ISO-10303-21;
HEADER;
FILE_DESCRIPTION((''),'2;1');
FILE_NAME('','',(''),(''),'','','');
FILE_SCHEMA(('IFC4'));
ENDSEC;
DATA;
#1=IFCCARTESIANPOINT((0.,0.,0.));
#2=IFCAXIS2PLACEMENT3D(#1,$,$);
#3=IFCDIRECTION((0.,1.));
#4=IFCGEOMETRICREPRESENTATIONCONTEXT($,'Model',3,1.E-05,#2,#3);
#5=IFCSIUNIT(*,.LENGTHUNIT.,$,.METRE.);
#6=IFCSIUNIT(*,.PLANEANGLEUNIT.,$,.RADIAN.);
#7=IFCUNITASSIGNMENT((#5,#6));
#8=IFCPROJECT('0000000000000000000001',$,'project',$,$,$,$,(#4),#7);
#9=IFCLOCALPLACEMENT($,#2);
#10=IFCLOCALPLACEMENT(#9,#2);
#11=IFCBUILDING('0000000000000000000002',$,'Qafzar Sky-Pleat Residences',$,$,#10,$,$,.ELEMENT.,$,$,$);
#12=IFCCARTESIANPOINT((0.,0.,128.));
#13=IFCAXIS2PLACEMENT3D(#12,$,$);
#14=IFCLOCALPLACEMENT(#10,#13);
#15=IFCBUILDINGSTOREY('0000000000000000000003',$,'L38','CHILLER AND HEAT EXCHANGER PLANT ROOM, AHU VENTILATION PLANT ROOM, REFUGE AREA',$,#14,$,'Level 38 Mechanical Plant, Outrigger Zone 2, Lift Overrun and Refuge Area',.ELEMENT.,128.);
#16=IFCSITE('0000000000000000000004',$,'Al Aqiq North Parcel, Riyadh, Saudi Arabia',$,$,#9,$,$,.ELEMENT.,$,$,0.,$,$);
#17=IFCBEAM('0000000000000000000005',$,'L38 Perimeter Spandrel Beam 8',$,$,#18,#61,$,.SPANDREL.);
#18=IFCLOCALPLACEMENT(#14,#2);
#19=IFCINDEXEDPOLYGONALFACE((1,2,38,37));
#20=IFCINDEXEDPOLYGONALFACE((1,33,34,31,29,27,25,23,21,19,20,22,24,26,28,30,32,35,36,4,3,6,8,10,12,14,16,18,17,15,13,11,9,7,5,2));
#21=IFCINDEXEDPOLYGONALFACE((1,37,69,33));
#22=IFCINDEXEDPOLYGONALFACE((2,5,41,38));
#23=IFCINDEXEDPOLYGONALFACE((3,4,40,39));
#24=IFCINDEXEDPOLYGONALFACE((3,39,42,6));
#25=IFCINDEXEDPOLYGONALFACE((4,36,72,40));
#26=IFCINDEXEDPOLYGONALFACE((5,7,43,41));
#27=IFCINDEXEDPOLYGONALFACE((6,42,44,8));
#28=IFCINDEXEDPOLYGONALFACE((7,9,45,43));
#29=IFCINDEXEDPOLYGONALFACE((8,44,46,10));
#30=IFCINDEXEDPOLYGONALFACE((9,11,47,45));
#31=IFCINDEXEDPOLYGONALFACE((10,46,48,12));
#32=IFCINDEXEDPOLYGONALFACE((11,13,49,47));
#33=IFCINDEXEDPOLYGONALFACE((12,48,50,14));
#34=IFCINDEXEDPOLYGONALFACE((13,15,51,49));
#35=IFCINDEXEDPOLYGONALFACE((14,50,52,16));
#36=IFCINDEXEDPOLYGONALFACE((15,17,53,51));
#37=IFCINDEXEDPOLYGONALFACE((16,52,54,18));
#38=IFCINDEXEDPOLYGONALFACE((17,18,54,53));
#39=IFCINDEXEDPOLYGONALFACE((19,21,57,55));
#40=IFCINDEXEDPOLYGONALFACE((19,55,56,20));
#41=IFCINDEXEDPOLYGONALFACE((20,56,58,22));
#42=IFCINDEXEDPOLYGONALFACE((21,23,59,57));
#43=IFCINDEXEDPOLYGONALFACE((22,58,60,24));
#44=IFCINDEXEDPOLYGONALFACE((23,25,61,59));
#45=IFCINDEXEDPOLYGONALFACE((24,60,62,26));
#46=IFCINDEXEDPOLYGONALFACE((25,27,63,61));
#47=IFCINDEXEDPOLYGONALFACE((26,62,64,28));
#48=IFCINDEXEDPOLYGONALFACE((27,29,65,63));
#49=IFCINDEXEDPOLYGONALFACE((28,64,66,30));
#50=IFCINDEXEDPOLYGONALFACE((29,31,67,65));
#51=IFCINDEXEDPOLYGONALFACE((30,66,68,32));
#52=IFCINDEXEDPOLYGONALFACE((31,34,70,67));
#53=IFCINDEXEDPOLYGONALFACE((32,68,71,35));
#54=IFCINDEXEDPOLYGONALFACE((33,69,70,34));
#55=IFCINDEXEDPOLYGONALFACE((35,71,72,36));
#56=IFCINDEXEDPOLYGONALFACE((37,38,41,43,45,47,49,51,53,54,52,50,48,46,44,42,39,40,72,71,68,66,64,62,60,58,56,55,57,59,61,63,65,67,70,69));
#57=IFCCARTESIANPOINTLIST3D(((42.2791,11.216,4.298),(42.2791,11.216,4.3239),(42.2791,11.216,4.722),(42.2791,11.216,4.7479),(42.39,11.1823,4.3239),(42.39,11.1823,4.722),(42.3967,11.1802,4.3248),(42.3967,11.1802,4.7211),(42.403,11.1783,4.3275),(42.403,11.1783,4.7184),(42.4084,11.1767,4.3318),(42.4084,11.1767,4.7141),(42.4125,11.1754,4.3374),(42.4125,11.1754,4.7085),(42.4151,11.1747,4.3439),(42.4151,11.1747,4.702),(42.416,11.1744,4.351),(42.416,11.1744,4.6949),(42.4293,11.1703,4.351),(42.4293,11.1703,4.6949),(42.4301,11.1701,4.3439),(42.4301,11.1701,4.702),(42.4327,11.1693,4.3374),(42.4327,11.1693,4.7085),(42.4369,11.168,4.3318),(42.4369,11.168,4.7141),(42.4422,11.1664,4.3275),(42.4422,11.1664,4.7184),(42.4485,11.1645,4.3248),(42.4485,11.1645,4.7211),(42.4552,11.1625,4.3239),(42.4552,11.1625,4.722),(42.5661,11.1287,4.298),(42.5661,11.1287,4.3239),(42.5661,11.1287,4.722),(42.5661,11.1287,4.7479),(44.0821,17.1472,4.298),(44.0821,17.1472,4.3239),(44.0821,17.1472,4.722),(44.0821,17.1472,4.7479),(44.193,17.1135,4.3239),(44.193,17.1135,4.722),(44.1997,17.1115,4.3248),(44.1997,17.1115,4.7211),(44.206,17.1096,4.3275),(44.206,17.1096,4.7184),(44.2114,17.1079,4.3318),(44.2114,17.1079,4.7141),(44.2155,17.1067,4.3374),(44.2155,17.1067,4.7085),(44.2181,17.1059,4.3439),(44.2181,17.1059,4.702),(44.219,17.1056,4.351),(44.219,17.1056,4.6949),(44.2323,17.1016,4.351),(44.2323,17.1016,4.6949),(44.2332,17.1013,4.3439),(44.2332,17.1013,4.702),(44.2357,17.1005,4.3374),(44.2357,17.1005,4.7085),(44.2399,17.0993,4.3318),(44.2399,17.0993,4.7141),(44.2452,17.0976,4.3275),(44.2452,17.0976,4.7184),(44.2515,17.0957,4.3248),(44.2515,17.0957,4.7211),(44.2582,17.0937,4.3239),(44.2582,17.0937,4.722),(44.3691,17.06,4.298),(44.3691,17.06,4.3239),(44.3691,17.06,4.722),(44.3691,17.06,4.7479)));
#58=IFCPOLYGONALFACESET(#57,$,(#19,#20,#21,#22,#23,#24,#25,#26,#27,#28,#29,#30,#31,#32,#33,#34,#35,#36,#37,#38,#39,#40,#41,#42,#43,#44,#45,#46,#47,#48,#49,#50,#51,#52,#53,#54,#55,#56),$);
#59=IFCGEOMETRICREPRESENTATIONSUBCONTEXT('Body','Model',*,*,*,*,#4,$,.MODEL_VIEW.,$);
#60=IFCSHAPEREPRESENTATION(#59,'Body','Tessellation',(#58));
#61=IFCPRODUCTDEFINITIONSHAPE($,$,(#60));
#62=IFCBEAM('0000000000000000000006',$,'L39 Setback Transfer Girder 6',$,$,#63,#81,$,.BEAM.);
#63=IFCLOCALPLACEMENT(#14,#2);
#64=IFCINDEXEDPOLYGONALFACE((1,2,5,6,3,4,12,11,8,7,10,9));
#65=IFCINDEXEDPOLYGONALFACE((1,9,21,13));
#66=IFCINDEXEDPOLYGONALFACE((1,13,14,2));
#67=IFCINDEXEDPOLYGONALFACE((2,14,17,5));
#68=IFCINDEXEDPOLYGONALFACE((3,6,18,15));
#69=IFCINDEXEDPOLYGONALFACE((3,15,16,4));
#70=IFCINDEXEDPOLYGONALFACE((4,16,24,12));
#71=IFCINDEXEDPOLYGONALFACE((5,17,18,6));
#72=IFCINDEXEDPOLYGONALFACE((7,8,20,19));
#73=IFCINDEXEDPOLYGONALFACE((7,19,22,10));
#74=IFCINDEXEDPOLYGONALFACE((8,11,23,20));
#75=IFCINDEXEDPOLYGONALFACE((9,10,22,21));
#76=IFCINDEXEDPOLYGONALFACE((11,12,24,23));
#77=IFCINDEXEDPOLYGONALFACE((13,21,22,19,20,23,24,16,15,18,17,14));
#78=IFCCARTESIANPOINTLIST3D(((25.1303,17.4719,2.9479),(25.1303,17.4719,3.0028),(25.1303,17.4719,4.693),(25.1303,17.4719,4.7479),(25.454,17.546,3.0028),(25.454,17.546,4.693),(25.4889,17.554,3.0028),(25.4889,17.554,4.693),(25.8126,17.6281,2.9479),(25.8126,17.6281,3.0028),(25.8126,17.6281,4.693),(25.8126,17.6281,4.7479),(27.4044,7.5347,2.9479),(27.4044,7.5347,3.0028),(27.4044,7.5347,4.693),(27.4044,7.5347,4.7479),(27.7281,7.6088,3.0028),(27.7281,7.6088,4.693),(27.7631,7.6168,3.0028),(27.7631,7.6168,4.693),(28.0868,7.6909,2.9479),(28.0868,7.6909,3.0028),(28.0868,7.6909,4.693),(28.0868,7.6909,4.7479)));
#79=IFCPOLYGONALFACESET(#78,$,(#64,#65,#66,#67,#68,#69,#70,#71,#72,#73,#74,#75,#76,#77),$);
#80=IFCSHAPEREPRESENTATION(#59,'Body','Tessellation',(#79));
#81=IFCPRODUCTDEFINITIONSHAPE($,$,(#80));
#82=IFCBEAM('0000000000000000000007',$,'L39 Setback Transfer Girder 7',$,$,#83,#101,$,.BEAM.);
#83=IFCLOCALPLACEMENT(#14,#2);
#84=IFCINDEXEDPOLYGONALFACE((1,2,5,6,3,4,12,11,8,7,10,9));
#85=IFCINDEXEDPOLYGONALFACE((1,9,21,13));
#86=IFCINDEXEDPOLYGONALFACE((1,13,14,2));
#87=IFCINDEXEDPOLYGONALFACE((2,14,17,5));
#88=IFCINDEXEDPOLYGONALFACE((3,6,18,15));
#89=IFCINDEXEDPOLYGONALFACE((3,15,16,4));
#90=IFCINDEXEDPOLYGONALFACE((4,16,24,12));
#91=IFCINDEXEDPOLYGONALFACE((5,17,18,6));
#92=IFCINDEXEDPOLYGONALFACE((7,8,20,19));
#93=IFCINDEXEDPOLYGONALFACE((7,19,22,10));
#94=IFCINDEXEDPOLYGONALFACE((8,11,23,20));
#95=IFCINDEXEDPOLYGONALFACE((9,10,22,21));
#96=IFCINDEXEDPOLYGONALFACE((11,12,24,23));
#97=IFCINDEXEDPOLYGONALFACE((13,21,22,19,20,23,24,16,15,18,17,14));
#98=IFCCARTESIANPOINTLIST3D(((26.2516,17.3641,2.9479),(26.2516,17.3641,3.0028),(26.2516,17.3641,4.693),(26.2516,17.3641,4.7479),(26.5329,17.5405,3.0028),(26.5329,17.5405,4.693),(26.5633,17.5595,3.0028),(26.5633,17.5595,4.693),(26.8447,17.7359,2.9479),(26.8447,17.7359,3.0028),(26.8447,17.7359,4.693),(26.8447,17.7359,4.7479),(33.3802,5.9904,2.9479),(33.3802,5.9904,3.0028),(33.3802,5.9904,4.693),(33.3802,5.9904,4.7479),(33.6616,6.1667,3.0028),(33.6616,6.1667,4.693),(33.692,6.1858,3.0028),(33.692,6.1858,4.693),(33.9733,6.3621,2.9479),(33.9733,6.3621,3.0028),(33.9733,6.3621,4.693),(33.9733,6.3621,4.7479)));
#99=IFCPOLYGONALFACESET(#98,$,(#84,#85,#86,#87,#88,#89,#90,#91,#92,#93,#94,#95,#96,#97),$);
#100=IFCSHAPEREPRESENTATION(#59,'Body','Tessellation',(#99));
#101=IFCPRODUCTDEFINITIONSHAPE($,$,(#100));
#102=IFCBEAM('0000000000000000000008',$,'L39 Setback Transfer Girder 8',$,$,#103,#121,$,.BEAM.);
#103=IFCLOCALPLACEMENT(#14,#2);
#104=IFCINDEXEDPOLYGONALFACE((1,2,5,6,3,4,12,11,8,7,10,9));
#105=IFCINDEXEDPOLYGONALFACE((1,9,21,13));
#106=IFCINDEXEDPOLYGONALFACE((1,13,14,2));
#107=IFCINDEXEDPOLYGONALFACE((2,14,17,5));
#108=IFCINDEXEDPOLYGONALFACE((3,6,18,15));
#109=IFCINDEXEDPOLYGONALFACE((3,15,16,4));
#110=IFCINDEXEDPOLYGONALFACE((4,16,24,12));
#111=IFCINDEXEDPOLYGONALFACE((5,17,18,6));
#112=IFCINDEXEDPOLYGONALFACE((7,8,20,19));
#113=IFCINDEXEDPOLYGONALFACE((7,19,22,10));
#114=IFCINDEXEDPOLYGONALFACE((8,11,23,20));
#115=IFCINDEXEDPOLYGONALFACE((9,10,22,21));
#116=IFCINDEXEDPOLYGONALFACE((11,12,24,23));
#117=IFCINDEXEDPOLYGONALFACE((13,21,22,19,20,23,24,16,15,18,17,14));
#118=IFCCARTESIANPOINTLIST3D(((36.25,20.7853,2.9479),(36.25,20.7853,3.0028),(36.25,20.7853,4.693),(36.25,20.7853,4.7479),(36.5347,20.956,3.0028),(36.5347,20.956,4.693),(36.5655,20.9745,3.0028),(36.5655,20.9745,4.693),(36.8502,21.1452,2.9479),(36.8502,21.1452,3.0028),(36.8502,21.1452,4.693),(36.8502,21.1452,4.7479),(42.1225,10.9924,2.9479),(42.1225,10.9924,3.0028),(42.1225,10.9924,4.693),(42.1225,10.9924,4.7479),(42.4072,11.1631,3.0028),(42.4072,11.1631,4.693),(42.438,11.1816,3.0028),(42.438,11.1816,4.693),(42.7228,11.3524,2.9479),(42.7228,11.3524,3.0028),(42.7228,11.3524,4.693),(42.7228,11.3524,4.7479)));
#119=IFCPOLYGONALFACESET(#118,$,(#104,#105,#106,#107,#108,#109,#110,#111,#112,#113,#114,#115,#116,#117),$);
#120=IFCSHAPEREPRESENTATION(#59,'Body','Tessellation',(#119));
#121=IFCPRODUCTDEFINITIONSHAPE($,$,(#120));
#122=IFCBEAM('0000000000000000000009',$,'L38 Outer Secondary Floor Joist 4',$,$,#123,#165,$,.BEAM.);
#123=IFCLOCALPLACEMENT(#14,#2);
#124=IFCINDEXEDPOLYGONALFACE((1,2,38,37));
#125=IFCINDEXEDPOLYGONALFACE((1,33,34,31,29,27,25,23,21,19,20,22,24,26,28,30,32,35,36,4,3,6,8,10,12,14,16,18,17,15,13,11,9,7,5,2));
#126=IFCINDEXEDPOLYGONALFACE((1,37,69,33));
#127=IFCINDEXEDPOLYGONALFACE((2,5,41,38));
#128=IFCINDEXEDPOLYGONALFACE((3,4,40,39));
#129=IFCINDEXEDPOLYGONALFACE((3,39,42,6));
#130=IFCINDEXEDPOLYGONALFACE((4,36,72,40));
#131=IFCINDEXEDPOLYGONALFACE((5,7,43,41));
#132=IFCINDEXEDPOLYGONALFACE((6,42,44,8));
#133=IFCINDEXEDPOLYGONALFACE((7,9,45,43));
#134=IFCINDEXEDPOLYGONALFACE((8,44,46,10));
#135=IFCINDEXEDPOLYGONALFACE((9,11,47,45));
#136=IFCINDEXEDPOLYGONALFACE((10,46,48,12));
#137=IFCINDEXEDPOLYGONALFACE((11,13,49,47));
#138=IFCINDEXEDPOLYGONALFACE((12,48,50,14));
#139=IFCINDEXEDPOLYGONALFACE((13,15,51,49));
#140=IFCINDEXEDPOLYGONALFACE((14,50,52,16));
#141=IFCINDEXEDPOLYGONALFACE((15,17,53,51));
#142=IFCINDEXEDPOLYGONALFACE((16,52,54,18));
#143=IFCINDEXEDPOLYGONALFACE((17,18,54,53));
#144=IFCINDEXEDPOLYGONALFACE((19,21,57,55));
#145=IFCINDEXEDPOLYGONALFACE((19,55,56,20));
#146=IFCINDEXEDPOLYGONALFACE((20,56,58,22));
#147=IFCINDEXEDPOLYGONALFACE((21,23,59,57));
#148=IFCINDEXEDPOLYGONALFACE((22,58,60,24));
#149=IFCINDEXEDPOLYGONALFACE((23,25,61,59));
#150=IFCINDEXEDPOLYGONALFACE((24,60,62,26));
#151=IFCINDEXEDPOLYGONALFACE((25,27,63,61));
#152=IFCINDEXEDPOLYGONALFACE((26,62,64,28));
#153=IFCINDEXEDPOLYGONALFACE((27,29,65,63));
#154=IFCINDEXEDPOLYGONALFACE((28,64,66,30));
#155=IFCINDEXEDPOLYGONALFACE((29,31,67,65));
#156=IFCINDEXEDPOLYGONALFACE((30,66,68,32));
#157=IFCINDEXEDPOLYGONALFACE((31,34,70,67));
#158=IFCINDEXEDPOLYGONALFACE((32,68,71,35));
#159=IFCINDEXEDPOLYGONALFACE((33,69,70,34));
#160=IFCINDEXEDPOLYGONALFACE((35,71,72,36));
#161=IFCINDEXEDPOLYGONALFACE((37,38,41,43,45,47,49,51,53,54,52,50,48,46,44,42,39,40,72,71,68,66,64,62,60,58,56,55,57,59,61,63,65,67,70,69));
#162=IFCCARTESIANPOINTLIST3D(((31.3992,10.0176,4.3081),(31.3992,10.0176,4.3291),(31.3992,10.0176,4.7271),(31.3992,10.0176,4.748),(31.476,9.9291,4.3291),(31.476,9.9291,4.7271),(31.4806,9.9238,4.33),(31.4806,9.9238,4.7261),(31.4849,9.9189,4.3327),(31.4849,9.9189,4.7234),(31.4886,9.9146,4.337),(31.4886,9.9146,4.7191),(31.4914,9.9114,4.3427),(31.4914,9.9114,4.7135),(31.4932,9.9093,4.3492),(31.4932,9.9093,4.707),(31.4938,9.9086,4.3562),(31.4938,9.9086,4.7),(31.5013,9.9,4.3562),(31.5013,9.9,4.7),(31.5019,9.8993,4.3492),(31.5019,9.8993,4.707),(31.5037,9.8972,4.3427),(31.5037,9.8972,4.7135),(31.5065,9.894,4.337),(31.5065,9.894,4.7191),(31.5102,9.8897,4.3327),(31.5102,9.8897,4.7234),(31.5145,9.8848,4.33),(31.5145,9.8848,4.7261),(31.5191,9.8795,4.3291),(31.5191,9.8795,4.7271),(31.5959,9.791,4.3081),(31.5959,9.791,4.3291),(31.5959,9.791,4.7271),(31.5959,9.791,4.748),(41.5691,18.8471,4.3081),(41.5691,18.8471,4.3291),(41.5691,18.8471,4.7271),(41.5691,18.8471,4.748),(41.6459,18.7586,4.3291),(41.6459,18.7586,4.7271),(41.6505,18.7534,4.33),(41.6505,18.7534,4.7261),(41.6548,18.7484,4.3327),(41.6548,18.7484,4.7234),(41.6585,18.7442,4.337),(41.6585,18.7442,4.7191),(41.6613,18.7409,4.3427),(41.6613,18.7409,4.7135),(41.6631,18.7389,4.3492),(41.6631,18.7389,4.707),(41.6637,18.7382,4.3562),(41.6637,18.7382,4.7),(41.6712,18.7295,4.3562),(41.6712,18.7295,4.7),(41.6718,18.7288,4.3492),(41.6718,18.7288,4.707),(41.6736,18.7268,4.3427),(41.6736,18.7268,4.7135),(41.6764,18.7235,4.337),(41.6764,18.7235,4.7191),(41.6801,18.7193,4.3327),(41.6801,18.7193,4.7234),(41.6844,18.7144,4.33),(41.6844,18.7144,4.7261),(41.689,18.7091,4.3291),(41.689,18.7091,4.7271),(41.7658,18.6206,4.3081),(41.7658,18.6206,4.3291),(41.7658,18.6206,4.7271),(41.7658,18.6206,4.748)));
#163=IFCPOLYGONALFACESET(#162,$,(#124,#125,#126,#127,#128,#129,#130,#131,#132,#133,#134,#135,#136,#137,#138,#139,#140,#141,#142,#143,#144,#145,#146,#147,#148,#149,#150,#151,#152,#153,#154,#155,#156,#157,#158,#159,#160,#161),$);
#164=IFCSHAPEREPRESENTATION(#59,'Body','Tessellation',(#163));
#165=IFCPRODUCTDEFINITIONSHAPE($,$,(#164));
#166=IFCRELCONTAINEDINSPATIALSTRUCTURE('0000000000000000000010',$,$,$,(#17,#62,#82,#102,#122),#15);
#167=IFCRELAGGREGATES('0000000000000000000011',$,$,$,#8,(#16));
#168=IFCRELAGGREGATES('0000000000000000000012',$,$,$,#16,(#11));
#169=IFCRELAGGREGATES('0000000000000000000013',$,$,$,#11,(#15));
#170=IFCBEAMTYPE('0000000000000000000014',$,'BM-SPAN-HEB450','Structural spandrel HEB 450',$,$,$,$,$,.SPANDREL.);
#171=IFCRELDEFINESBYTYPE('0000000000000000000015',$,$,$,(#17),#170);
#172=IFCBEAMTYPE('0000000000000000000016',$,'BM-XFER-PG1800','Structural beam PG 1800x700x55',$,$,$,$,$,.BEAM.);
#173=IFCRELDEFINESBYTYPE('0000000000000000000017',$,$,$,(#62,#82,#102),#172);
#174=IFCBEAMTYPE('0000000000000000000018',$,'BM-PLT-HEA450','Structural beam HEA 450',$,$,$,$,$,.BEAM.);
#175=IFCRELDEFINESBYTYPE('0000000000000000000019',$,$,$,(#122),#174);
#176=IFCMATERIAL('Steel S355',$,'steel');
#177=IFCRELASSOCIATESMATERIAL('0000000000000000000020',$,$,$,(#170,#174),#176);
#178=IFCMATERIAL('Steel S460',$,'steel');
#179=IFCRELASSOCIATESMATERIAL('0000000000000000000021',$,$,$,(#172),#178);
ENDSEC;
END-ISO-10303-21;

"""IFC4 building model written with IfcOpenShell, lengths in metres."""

from ifc_helpers import new_model, si_unit, direction, frame, origin, origin_2d, place, context, subcontext, project, spatial, i_section, extrude, source, transform, mapped, material, material_profile, profile_set, type_object, element, save


model = new_model("IFC4")

# Units and contexts
model_context = context("Model", 3, precision=1e-05, world=origin(), true_north=direction((0.0, 1.0)))
body_context = subcontext(model_context, "Body", "Model", "MODEL_VIEW")
ifc_project = project(units=[si_unit("LENGTHUNIT", "METRE"), si_unit("PLANEANGLEUNIT", "RADIAN")], contexts=[model_context])

# Site, building, storey
site_placement = place(None, origin())
site = spatial("IfcSite", under=ifc_project, at=site_placement, Name="Al Aqiq North Parcel, Riyadh, Saudi Arabia", CompositionType="ELEMENT", RefElevation=0.0)
building_placement = place(site_placement, origin())
building = spatial("IfcBuilding", under=site, at=building_placement, Name="Qafzar Sky-Pleat Residences", CompositionType="ELEMENT")
storey_placement = place(building_placement, frame((0.0, 0.0, 128.0)))
storey = spatial("IfcBuildingStorey", under=building, at=storey_placement, Name="L38", Description="CHILLER AND HEAT EXCHANGER PLANT ROOM, AHU VENTILATION PLANT ROOM, REFUGE AREA", LongName="Level 38 Mechanical Plant, Outrigger Zone 2, Lift Overrun and Refuge Area", CompositionType="ELEMENT", Elevation=128.0)

# Shared definitions
ifc_material_1 = material(Name="Steel S460", Category="steel")

# Beams
ifc_material_2 = material(Name="Steel S355", Category="steel")
ifc_material_profile_1 = material_profile(ifc_material_2, i_section(OverallWidth=0.3, OverallDepth=0.45, WebThickness=0.0139, FlangeThickness=0.0259, FilletRadius=0.0271, at=origin_2d()), Name="HEB 450")
ifc_profile_set_1 = profile_set([ifc_material_profile_1], Name="Steel S355")
beam_type_1 = type_object("IfcBeamType", Name="BM-SPAN-HEB450", Description="Structural spandrel HEB 450", PredefinedType="SPANDREL", material=ifc_profile_set_1)
shared_shape_1 = source(origin(), body_context, "Body", "SweptSolid", [
    extrude(i_section(OverallWidth=0.3, OverallDepth=0.45, WebThickness=0.0139, FlangeThickness=0.0259, FilletRadius=0.0271, at=origin_2d()), origin(), (0.0, 0.0, 1.0), 6.1992),
])
beam_1_placement = place(storey_placement, frame((42.4226, 11.1724, 4.5229), z_axis=(0.290843, 0.956771, 0.0), x_axis=(-0.956771, 0.290843, 0.0)))
element("IfcBeam", 1, at=beam_1_placement, inside=storey, type_object=beam_type_1, Name="L38 Perimeter Spandrel Beam 8", PredefinedType="SPANDREL", context=body_context, shape_type="MappedRepresentation", body=[
    mapped(shared_shape_1, transform((0.0, 0.0, 0.0), x_axis=(1.0, 0.0, 0.0), y_axis=(0.0, 1.0, 0.0), z_axis=(0.0, 0.0, 1.0), scale=1.0)),
])
ifc_material_profile_2 = material_profile(ifc_material_1, i_section(OverallWidth=0.7, OverallDepth=1.8, WebThickness=0.0359, FlangeThickness=0.0549, at=origin_2d()), Name="PG 1800x700x55")
ifc_profile_set_2 = profile_set([ifc_material_profile_2], Name="Steel S460")
beam_type_2 = type_object("IfcBeamType", Name="BM-XFER-PG1800", Description="Structural beam PG 1800x700x55", PredefinedType="BEAM", material=ifc_profile_set_2)
shared_shape_2 = source(origin(), body_context, "Body", "SweptSolid", [
    extrude(i_section(OverallWidth=0.7, OverallDepth=1.8, WebThickness=0.0359, FlangeThickness=0.0549, at=origin_2d()), origin(), (0.0, 0.0, 1.0), 10.1941),
])
beam_2_placement = place(storey_placement, frame((27.7456, 7.6128, 3.8479), z_axis=(-0.223086, 0.974799, 0.0), x_axis=(-0.974799, -0.223086, 0.0)))
element("IfcBeam", 2, at=beam_2_placement, inside=storey, type_object=beam_type_2, Name="L39 Setback Transfer Girder 6", PredefinedType="BEAM", context=body_context, shape_type="MappedRepresentation", body=[
    mapped(shared_shape_2, transform((0.0, 0.0, 0.0), x_axis=(1.0, 0.0, 0.0), y_axis=(0.0, 1.0, 0.0), z_axis=(0.0, 0.0, 1.0), scale=1.0)),
])
shared_shape_3 = source(origin(), body_context, "Body", "SweptSolid", [
    extrude(i_section(OverallWidth=0.7, OverallDepth=1.8, WebThickness=0.0359, FlangeThickness=0.0549, at=origin_2d()), origin(), (0.0, 0.0, 1.0), 13.4231),
])
beam_3_placement = place(storey_placement, frame((33.6768, 6.1763, 3.8479), z_axis=(-0.531073, 0.847326, 0.0), x_axis=(-0.847326, -0.531073, 0.0)))
element("IfcBeam", 3, at=beam_3_placement, inside=storey, type_object=beam_type_2, Name="L39 Setback Transfer Girder 7", PredefinedType="BEAM", context=body_context, shape_type="MappedRepresentation", body=[
    mapped(shared_shape_3, transform((0.0, 0.0, 0.0), x_axis=(1.0, 0.0, 0.0), y_axis=(0.0, 1.0, 0.0), z_axis=(0.0, 0.0, 1.0), scale=1.0)),
])
shared_shape_4 = source(origin(), body_context, "Body", "SweptSolid", [
    extrude(i_section(OverallWidth=0.7, OverallDepth=1.8, WebThickness=0.0359, FlangeThickness=0.0549, at=origin_2d()), origin(), (0.0, 0.0, 1.0), 11.4187),
])
beam_4_placement = place(storey_placement, frame((42.4226, 11.1724, 3.8479), z_axis=(-0.514288, 0.857617, 0.0), x_axis=(-0.857617, -0.514288, 0.0)))
element("IfcBeam", 4, at=beam_4_placement, inside=storey, type_object=beam_type_2, Name="L39 Setback Transfer Girder 8", PredefinedType="BEAM", context=body_context, shape_type="MappedRepresentation", body=[
    mapped(shared_shape_4, transform((0.0, 0.0, 0.0), x_axis=(1.0, 0.0, 0.0), y_axis=(0.0, 1.0, 0.0), z_axis=(0.0, 0.0, 1.0), scale=1.0)),
])
ifc_material_profile_3 = material_profile(ifc_material_2, i_section(OverallWidth=0.3, OverallDepth=0.4399, WebThickness=0.0115, FlangeThickness=0.021, FilletRadius=0.0271, at=origin_2d()), Name="HEA 450")
ifc_profile_set_3 = profile_set([ifc_material_profile_3], Name="Steel S355")
beam_type_3 = type_object("IfcBeamType", Name="BM-PLT-HEA450", Description="Structural beam HEA 450", PredefinedType="BEAM", material=ifc_profile_set_3)
shared_shape_5 = source(origin(), body_context, "Body", "SweptSolid", [
    extrude(i_section(OverallWidth=0.3, OverallDepth=0.4399, WebThickness=0.0115, FlangeThickness=0.021, FilletRadius=0.0271, at=origin_2d()), origin(), (0.0, 0.0, 1.0), 13.468),
])
beam_5_placement = place(storey_placement, frame((31.4976, 9.9043, 4.5281), z_axis=(0.755113, 0.655594, 0.0), x_axis=(-0.655594, 0.755113, 0.0)))
element("IfcBeam", 5, at=beam_5_placement, inside=storey, type_object=beam_type_3, Name="L38 Outer Secondary Floor Joist 4", PredefinedType="BEAM", context=body_context, shape_type="MappedRepresentation", body=[
    mapped(shared_shape_5, transform((0.0, 0.0, 0.0), x_axis=(1.0, 0.0, 0.0), y_axis=(0.0, 1.0, 0.0), z_axis=(0.0, 0.0, 1.0), scale=1.0)),
])

save(model, "model.ifc")
